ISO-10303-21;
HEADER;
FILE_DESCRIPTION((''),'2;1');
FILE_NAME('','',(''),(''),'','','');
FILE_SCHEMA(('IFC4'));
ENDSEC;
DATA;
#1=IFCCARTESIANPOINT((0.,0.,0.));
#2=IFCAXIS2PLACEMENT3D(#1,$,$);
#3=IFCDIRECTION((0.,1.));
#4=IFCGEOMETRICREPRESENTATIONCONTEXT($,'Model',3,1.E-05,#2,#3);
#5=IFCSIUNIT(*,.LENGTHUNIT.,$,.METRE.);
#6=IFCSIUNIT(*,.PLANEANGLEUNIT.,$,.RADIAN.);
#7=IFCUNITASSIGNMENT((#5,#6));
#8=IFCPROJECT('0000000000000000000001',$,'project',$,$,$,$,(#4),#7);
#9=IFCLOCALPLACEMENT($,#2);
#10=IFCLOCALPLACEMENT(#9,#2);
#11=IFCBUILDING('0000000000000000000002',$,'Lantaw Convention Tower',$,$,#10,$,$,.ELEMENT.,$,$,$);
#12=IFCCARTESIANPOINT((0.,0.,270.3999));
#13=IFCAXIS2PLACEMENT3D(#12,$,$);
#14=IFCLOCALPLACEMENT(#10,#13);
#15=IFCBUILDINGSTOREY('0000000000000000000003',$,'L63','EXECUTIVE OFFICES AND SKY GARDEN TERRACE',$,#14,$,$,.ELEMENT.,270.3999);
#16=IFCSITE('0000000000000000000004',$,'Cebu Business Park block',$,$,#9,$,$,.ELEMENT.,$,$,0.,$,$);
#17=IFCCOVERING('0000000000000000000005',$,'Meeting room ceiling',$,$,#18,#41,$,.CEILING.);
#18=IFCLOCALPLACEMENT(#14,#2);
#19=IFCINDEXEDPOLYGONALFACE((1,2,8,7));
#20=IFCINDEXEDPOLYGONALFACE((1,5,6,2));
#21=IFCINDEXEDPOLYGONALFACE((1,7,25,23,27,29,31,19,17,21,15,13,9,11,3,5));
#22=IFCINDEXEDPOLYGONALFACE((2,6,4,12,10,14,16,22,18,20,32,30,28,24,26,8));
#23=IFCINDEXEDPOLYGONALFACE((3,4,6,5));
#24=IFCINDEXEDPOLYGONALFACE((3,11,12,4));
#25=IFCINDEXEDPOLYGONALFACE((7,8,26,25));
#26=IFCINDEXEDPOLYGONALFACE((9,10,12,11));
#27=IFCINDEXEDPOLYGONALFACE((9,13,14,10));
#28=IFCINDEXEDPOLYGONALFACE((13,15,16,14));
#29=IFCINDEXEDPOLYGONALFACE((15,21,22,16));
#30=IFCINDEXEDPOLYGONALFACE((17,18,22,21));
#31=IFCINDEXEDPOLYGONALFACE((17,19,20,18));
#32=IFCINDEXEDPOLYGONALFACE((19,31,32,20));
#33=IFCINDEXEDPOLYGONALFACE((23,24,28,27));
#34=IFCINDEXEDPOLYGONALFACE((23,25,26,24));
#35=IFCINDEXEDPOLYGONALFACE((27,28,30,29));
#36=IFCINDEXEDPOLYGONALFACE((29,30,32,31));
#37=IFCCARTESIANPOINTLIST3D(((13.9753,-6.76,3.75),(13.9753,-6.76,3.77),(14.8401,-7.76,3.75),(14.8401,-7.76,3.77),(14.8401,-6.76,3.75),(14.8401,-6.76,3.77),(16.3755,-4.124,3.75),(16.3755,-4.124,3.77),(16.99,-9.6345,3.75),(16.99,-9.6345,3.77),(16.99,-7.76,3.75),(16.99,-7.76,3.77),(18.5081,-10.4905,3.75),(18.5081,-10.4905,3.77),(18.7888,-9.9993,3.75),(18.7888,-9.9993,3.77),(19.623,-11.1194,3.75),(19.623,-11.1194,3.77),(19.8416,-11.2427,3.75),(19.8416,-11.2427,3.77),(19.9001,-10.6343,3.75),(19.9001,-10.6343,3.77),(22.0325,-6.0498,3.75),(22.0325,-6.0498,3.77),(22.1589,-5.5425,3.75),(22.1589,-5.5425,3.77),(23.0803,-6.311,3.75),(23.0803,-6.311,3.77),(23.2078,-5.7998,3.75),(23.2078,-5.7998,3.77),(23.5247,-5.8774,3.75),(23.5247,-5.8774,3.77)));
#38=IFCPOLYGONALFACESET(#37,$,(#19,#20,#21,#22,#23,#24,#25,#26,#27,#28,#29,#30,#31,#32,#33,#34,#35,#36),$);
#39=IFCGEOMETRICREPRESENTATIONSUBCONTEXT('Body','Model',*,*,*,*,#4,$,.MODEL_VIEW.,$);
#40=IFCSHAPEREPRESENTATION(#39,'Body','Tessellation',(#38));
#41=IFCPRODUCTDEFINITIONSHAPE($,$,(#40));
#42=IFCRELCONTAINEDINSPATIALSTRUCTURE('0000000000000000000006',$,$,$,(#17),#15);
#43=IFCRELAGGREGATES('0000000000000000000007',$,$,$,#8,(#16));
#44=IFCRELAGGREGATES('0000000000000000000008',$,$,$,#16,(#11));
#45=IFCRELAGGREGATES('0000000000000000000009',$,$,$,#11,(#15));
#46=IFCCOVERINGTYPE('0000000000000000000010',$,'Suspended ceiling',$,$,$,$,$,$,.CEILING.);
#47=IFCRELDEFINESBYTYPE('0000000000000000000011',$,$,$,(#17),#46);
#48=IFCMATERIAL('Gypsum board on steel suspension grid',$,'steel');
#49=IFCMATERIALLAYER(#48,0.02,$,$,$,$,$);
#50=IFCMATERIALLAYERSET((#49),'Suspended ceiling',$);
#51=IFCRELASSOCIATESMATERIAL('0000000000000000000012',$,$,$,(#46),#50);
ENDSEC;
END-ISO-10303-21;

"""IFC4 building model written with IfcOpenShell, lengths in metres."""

from ifc_helpers import new_model, si_unit, direction, frame, origin, place, context, subcontext, project, spatial, polyline, outline, extrude, material, layer, layer_set, type_object, element, save


model = new_model("IFC4")

# Units and contexts
model_context = context("Model", 3, precision=1e-05, world=origin(), true_north=direction((0.0, 1.0)))
body_context = subcontext(model_context, "Body", "Model", "MODEL_VIEW")
ifc_project = project(units=[si_unit("LENGTHUNIT", "METRE"), si_unit("PLANEANGLEUNIT", "RADIAN")], contexts=[model_context])

# Site, building, storey
site_placement = place(None, origin())
site = spatial("IfcSite", under=ifc_project, at=site_placement, Name="Cebu Business Park block", CompositionType="ELEMENT", RefElevation=0.0)
building_placement = place(site_placement, origin())
building = spatial("IfcBuilding", under=site, at=building_placement, Name="Lantaw Convention Tower", CompositionType="ELEMENT")
storey_placement = place(building_placement, frame((0.0, 0.0, 270.3999)))
storey = spatial("IfcBuildingStorey", under=building, at=storey_placement, Name="L63", Description="EXECUTIVE OFFICES AND SKY GARDEN TERRACE", CompositionType="ELEMENT", Elevation=270.3999)

# Covering
ifc_material_1 = material(Name="Gypsum board on steel suspension grid", Category="steel")
ifc_layer_1 = layer(ifc_material_1, 0.02)
ifc_layer_set_1 = layer_set([ifc_layer_1], Name="Suspended ceiling")
covering_type = type_object("IfcCoveringType", Name="Suspended ceiling", PredefinedType="CEILING", material=ifc_layer_set_1)
covering_1_placement = place(storey_placement, frame((0.0, 0.0, 3.75)))
element("IfcCovering", 1, at=covering_1_placement, inside=storey, type_object=covering_type, Name="Meeting room ceiling", PredefinedType="CEILING", context=body_context, shape_type="SweptSolid", body=[
    extrude(outline(polyline([(22.1589, -5.5425), (16.3755, -4.124), (13.9753, -6.76), (14.8401, -6.76), (14.8401, -7.76), (16.99, -7.76), (16.99, -9.6345), (18.5081, -10.4905), (18.7888, -9.9993), (19.9001, -10.6343), (19.623, -11.1194), (19.8416, -11.2427), (23.5247, -5.8774), (23.2078, -5.7998), (23.0803, -6.311), (22.0325, -6.0498), (22.1589, -5.5425)])), origin(), (0.0, 0.0, 1.0), 0.02),
])

save(model, "model.ifc")
